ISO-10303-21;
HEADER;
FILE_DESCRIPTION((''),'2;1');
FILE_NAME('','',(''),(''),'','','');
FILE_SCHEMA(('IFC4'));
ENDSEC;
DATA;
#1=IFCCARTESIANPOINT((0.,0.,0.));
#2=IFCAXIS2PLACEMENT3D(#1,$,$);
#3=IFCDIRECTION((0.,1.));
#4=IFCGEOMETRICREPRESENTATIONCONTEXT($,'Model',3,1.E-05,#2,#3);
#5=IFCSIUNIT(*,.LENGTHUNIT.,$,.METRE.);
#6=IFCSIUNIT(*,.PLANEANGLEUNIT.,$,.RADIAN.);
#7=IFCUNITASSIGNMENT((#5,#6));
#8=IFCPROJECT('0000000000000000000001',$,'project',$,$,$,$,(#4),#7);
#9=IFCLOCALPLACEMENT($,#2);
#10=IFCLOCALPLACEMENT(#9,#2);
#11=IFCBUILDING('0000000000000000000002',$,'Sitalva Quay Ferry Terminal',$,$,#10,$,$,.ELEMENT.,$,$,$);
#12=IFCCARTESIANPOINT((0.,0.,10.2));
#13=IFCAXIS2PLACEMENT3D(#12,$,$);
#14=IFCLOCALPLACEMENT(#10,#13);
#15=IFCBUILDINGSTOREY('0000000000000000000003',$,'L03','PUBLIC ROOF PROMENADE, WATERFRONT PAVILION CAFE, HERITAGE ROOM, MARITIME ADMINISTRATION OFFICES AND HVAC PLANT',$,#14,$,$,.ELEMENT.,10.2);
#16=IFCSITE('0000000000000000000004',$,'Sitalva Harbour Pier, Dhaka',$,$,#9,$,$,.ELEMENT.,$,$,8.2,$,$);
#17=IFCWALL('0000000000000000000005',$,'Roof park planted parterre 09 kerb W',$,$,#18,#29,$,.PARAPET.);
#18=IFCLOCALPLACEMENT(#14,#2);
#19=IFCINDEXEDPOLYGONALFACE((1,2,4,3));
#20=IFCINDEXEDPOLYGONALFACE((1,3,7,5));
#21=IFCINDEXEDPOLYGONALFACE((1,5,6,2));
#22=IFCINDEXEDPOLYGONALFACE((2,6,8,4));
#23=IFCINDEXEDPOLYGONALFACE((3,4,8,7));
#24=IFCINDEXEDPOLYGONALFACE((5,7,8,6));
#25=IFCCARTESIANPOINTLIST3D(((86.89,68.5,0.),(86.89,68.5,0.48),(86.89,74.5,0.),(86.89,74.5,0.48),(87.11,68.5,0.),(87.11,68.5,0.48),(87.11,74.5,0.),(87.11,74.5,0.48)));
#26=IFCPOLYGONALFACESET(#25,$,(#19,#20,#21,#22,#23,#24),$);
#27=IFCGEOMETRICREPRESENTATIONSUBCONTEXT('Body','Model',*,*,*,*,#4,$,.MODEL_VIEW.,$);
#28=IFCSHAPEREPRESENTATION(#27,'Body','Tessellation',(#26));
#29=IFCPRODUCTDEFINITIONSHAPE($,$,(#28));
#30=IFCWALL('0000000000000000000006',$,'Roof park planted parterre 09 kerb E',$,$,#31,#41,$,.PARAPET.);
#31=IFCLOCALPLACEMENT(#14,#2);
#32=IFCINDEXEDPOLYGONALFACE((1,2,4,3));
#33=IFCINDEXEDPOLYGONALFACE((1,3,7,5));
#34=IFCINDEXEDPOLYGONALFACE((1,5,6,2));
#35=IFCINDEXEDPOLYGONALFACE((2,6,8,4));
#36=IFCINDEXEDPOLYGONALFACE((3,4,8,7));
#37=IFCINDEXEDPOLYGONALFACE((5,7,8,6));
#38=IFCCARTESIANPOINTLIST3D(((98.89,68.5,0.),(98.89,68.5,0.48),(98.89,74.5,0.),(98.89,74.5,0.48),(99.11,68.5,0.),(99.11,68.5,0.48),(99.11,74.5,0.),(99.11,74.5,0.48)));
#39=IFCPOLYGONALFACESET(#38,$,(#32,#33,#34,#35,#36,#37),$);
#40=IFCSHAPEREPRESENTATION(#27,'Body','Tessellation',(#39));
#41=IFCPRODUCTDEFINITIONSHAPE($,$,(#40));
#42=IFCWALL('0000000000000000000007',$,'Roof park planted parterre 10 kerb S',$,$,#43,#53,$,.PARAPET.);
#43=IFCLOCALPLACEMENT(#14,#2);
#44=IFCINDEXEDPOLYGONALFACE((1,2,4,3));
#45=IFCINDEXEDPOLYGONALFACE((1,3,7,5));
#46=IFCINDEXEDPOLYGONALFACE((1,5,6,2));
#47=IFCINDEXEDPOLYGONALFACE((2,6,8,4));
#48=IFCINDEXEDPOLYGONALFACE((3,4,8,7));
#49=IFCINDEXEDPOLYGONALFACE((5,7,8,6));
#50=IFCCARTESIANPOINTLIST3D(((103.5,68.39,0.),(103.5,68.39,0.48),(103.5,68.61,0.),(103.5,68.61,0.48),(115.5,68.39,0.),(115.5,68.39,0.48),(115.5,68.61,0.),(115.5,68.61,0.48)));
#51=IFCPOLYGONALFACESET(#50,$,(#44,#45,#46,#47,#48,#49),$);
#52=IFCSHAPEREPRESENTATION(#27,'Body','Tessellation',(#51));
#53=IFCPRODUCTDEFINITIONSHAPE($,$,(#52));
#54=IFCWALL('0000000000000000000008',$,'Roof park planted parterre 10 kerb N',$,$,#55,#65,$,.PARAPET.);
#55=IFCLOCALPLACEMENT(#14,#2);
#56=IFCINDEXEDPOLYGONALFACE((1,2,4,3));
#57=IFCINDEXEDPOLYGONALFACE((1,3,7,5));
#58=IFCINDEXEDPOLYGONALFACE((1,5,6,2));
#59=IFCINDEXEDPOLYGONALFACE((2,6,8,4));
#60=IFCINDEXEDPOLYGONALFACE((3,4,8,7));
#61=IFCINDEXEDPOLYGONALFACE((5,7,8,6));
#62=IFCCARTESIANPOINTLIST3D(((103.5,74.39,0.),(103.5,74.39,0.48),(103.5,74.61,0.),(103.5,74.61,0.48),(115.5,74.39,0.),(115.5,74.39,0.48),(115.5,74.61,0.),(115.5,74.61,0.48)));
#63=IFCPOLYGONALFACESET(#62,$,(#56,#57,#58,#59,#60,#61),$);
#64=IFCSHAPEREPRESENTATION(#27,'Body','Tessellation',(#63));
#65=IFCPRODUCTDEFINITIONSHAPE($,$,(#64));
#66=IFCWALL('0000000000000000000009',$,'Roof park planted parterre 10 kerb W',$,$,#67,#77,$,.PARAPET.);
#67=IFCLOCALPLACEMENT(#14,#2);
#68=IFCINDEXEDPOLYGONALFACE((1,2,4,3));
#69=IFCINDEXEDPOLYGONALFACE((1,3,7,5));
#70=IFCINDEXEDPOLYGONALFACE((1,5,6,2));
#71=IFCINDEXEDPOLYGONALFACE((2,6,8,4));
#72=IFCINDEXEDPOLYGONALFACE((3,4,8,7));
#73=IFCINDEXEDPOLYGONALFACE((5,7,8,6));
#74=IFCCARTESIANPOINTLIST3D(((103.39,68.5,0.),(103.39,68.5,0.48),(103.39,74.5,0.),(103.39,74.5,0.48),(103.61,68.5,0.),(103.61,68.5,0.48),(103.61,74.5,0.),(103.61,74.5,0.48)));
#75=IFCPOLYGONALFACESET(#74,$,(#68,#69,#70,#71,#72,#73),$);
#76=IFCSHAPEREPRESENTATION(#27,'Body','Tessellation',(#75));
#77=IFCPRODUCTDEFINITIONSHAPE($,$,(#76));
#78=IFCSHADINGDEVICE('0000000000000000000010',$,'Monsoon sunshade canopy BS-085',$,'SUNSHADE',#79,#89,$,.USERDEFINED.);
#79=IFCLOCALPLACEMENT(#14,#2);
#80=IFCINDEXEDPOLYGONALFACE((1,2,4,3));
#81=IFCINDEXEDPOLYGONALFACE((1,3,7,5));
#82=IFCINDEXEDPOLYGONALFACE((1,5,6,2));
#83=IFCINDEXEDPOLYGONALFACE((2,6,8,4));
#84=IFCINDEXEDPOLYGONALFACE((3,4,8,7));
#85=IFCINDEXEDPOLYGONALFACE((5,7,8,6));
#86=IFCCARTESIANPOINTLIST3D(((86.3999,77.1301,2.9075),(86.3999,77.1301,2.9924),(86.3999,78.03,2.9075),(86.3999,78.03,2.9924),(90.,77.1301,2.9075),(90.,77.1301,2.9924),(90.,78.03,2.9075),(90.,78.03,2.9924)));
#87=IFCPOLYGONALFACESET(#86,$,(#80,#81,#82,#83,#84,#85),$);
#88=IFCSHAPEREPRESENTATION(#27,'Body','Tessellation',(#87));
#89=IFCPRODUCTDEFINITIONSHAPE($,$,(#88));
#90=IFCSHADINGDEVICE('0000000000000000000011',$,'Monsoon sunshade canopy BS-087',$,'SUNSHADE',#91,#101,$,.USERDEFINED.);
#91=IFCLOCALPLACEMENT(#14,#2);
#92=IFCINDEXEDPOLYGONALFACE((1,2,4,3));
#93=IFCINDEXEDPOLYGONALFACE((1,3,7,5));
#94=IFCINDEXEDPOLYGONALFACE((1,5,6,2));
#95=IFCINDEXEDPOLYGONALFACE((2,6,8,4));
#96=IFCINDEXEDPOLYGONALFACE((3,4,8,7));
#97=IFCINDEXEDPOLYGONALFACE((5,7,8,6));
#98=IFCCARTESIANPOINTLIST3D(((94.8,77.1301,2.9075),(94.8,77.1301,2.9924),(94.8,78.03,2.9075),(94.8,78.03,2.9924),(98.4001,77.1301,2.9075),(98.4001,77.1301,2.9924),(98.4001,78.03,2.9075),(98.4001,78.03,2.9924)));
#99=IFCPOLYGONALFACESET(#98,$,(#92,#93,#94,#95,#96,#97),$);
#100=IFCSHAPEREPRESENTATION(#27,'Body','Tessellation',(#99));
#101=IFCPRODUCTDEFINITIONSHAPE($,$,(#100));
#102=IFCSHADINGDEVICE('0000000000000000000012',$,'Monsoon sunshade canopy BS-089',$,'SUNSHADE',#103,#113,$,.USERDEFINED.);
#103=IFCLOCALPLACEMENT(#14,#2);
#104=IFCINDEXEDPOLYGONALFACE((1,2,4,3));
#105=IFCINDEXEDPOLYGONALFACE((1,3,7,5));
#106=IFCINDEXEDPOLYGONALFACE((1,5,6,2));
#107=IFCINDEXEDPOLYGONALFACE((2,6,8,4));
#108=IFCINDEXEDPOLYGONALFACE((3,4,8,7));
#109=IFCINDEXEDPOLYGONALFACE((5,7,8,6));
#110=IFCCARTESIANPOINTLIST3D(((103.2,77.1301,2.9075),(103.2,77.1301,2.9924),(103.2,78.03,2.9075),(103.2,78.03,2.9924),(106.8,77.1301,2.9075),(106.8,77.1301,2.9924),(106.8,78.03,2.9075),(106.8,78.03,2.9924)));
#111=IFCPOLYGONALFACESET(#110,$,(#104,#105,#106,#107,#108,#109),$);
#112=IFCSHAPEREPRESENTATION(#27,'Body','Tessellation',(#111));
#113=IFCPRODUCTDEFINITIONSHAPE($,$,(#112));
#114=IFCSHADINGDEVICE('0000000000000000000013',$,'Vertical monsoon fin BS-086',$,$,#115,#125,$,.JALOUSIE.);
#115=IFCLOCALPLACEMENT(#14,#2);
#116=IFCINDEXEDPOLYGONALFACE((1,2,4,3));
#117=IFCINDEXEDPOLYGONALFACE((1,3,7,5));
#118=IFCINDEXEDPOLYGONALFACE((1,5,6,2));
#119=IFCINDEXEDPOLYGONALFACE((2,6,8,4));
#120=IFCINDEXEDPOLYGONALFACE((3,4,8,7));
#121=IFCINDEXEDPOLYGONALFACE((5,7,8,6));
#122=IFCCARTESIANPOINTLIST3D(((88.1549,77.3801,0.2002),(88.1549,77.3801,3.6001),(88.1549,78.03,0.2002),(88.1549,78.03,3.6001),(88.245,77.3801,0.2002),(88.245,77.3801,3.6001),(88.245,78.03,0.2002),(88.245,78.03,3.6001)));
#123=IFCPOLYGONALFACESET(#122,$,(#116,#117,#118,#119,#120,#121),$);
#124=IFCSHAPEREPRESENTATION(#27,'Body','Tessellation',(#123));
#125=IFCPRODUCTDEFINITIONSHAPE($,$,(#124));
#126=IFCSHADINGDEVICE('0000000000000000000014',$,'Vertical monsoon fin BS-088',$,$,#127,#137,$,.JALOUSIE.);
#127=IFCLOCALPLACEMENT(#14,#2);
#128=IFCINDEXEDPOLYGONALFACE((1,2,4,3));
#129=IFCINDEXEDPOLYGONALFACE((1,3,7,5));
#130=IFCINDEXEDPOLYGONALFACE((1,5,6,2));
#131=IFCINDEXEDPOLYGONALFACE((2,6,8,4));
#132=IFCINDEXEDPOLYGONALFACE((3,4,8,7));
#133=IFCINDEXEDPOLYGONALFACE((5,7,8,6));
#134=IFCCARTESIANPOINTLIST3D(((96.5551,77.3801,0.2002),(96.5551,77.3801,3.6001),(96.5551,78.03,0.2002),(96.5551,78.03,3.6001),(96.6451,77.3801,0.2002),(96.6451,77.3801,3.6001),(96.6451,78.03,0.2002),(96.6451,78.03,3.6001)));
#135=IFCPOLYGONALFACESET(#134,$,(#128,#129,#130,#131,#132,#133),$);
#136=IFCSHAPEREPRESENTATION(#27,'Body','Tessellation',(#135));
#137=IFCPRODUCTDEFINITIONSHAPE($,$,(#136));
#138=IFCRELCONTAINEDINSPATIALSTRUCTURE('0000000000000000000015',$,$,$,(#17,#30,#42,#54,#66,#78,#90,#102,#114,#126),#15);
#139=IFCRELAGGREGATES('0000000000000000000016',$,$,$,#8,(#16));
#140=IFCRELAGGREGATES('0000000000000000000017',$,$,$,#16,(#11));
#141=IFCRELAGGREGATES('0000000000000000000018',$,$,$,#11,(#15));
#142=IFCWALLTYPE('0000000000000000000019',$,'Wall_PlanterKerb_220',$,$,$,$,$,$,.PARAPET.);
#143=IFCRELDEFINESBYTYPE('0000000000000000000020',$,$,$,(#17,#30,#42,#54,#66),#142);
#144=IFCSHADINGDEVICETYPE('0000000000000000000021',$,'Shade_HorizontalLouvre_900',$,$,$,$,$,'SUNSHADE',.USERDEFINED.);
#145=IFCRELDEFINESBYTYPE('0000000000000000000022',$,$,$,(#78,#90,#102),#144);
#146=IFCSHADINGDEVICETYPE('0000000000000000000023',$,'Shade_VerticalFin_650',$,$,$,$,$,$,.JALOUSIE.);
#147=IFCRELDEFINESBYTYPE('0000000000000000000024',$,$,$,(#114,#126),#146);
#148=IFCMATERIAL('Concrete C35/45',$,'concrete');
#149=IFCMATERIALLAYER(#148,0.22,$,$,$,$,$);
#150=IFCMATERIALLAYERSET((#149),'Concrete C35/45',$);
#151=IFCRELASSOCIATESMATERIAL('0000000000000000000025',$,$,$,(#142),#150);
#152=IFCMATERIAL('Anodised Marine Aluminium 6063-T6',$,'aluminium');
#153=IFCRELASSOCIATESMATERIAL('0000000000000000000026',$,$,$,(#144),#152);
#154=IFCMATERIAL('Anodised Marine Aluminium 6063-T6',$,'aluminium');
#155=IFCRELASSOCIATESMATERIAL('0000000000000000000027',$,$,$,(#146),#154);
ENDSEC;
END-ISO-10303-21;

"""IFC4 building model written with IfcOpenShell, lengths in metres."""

from ifc_helpers import new_model, si_unit, direction, frame, frame_2d, origin, origin_2d, place, context, subcontext, project, spatial, rectangle, extrude, material, layer, layer_set, type_object, element, save


model = new_model("IFC4")

# Units and contexts
model_context = context("Model", 3, precision=1e-05, world=origin(), true_north=direction((0.0, 1.0)))
body_context = subcontext(model_context, "Body", "Model", "MODEL_VIEW")
ifc_project = project(units=[si_unit("LENGTHUNIT", "METRE"), si_unit("PLANEANGLEUNIT", "RADIAN")], contexts=[model_context])

# Site, building, storey
site_placement = place(None, origin())
site = spatial("IfcSite", under=ifc_project, at=site_placement, Name="Sitalva Harbour Pier, Dhaka", CompositionType="ELEMENT", RefElevation=8.2)
building_placement = place(site_placement, origin())
building = spatial("IfcBuilding", under=site, at=building_placement, Name="Sitalva Quay Ferry Terminal", CompositionType="ELEMENT")
storey_placement = place(building_placement, frame((0.0, 0.0, 10.2)))
storey = spatial("IfcBuildingStorey", under=building, at=storey_placement, Name="L03", Description="PUBLIC ROOF PROMENADE, WATERFRONT PAVILION CAFE, HERITAGE ROOM, MARITIME ADMINISTRATION OFFICES AND HVAC PLANT", CompositionType="ELEMENT", Elevation=10.2)

# Walls
ifc_material_1 = material(Name="Concrete C35/45", Category="concrete")
ifc_layer_1 = layer(ifc_material_1, 0.22)
ifc_layer_set_1 = layer_set([ifc_layer_1], Name="Concrete C35/45")
wall_type_1 = type_object("IfcWallType", Name="Wall_PlanterKerb_220", PredefinedType="PARAPET", material=ifc_layer_set_1)
for number, where, z_axis, x_axis, name in (
    (1, (87.0, 68.5, 0.0), (0.0, 0.0, 1.0), (0.0, 1.0, 0.0), "Roof park planted parterre 09 kerb W"),
    (2, (99.0, 68.5, 0.0), (0.0, 0.0, 1.0), (0.0, 1.0, 0.0), "Roof park planted parterre 09 kerb E"),
):
    element("IfcWall", number, at=place(storey_placement, frame(where, z_axis=z_axis, x_axis=x_axis)), inside=storey, type_object=wall_type_1, Name=name, PredefinedType="PARAPET", context=body_context, shape_type="SweptSolid", body=[
        extrude(rectangle(XDim=6.0, YDim=0.22, at=frame_2d((3.0, 0.0))), origin(), (0.0, 0.0, 1.0), 0.48),
    ])
for number, where, z_axis, x_axis, name in (
    (3, (103.5, 68.5, 0.0), (0.0, 0.0, 1.0), (1.0, 0.0, 0.0), "Roof park planted parterre 10 kerb S"),
    (4, (103.5, 74.5, 0.0), (0.0, 0.0, 1.0), (1.0, 0.0, 0.0), "Roof park planted parterre 10 kerb N"),
):
    element("IfcWall", number, at=place(storey_placement, frame(where, z_axis=z_axis, x_axis=x_axis)), inside=storey, type_object=wall_type_1, Name=name, PredefinedType="PARAPET", context=body_context, shape_type="SweptSolid", body=[
        extrude(rectangle(XDim=12.0, YDim=0.22, at=frame_2d((6.0, 0.0))), origin(), (0.0, 0.0, 1.0), 0.48),
    ])
wall_1_placement = place(storey_placement, frame((103.5, 68.5, 0.0), z_axis=(0.0, 0.0, 1.0), x_axis=(0.0, 1.0, 0.0)))
element("IfcWall", 5, at=wall_1_placement, inside=storey, type_object=wall_type_1, Name="Roof park planted parterre 10 kerb W", PredefinedType="PARAPET", context=body_context, shape_type="SweptSolid", body=[
    extrude(rectangle(XDim=6.0, YDim=0.22, at=frame_2d((3.0, 0.0))), origin(), (0.0, 0.0, 1.0), 0.48),
])

# Shading devices
ifc_material_2 = material(Name="Anodised Marine Aluminium 6063-T6", Category="aluminium")
shading_device_type_1 = type_object("IfcShadingDeviceType", Name="Shade_HorizontalLouvre_900", ElementType="SUNSHADE", PredefinedType="USERDEFINED", material=ifc_material_2)
for number, where, z_axis, x_axis, name in (
    (6, (88.2, 77.5801, 2.9075), (0.0, 0.0, 1.0), (1.0, 0.0, 0.0), "Monsoon sunshade canopy BS-085"),
    (7, (96.6001, 77.5801, 2.9075), (0.0, 0.0, 1.0), (1.0, 0.0, 0.0), "Monsoon sunshade canopy BS-087"),
    (8, (105.0, 77.5801, 2.9075), (0.0, 0.0, 1.0), (1.0, 0.0, 0.0), "Monsoon sunshade canopy BS-089"),
):
    element("IfcShadingDevice", number, at=place(storey_placement, frame(where, z_axis=z_axis, x_axis=x_axis)), inside=storey, type_object=shading_device_type_1, Name=name, ObjectType="SUNSHADE", PredefinedType="USERDEFINED", context=body_context, shape_type="SweptSolid", body=[
        extrude(rectangle(XDim=3.6001, YDim=0.8999, at=origin_2d()), origin(), (0.0, 0.0, 1.0), 0.085),
    ])
ifc_material_3 = material(Name="Anodised Marine Aluminium 6063-T6", Category="aluminium")
shading_device_type_2 = type_object("IfcShadingDeviceType", Name="Shade_VerticalFin_650", PredefinedType="JALOUSIE", material=ifc_material_3)
for number, where, z_axis, x_axis, name in (
    (9, (88.2, 77.7051, 0.2002), (0.0, 0.0, 1.0), (1.0, 0.0, 0.0), "Vertical monsoon fin BS-086"),
    (10, (96.6001, 77.7051, 0.2002), (0.0, 0.0, 1.0), (1.0, 0.0, 0.0), "Vertical monsoon fin BS-088"),
):
    element("IfcShadingDevice", number, at=place(storey_placement, frame(where, z_axis=z_axis, x_axis=x_axis)), inside=storey, type_object=shading_device_type_2, Name=name, PredefinedType="JALOUSIE", context=body_context, shape_type="SweptSolid", body=[
        extrude(rectangle(XDim=0.0901, YDim=0.6499, at=origin_2d()), origin(), (0.0, 0.0, 1.0), 3.3999),
    ])

save(model, "model.ifc")
